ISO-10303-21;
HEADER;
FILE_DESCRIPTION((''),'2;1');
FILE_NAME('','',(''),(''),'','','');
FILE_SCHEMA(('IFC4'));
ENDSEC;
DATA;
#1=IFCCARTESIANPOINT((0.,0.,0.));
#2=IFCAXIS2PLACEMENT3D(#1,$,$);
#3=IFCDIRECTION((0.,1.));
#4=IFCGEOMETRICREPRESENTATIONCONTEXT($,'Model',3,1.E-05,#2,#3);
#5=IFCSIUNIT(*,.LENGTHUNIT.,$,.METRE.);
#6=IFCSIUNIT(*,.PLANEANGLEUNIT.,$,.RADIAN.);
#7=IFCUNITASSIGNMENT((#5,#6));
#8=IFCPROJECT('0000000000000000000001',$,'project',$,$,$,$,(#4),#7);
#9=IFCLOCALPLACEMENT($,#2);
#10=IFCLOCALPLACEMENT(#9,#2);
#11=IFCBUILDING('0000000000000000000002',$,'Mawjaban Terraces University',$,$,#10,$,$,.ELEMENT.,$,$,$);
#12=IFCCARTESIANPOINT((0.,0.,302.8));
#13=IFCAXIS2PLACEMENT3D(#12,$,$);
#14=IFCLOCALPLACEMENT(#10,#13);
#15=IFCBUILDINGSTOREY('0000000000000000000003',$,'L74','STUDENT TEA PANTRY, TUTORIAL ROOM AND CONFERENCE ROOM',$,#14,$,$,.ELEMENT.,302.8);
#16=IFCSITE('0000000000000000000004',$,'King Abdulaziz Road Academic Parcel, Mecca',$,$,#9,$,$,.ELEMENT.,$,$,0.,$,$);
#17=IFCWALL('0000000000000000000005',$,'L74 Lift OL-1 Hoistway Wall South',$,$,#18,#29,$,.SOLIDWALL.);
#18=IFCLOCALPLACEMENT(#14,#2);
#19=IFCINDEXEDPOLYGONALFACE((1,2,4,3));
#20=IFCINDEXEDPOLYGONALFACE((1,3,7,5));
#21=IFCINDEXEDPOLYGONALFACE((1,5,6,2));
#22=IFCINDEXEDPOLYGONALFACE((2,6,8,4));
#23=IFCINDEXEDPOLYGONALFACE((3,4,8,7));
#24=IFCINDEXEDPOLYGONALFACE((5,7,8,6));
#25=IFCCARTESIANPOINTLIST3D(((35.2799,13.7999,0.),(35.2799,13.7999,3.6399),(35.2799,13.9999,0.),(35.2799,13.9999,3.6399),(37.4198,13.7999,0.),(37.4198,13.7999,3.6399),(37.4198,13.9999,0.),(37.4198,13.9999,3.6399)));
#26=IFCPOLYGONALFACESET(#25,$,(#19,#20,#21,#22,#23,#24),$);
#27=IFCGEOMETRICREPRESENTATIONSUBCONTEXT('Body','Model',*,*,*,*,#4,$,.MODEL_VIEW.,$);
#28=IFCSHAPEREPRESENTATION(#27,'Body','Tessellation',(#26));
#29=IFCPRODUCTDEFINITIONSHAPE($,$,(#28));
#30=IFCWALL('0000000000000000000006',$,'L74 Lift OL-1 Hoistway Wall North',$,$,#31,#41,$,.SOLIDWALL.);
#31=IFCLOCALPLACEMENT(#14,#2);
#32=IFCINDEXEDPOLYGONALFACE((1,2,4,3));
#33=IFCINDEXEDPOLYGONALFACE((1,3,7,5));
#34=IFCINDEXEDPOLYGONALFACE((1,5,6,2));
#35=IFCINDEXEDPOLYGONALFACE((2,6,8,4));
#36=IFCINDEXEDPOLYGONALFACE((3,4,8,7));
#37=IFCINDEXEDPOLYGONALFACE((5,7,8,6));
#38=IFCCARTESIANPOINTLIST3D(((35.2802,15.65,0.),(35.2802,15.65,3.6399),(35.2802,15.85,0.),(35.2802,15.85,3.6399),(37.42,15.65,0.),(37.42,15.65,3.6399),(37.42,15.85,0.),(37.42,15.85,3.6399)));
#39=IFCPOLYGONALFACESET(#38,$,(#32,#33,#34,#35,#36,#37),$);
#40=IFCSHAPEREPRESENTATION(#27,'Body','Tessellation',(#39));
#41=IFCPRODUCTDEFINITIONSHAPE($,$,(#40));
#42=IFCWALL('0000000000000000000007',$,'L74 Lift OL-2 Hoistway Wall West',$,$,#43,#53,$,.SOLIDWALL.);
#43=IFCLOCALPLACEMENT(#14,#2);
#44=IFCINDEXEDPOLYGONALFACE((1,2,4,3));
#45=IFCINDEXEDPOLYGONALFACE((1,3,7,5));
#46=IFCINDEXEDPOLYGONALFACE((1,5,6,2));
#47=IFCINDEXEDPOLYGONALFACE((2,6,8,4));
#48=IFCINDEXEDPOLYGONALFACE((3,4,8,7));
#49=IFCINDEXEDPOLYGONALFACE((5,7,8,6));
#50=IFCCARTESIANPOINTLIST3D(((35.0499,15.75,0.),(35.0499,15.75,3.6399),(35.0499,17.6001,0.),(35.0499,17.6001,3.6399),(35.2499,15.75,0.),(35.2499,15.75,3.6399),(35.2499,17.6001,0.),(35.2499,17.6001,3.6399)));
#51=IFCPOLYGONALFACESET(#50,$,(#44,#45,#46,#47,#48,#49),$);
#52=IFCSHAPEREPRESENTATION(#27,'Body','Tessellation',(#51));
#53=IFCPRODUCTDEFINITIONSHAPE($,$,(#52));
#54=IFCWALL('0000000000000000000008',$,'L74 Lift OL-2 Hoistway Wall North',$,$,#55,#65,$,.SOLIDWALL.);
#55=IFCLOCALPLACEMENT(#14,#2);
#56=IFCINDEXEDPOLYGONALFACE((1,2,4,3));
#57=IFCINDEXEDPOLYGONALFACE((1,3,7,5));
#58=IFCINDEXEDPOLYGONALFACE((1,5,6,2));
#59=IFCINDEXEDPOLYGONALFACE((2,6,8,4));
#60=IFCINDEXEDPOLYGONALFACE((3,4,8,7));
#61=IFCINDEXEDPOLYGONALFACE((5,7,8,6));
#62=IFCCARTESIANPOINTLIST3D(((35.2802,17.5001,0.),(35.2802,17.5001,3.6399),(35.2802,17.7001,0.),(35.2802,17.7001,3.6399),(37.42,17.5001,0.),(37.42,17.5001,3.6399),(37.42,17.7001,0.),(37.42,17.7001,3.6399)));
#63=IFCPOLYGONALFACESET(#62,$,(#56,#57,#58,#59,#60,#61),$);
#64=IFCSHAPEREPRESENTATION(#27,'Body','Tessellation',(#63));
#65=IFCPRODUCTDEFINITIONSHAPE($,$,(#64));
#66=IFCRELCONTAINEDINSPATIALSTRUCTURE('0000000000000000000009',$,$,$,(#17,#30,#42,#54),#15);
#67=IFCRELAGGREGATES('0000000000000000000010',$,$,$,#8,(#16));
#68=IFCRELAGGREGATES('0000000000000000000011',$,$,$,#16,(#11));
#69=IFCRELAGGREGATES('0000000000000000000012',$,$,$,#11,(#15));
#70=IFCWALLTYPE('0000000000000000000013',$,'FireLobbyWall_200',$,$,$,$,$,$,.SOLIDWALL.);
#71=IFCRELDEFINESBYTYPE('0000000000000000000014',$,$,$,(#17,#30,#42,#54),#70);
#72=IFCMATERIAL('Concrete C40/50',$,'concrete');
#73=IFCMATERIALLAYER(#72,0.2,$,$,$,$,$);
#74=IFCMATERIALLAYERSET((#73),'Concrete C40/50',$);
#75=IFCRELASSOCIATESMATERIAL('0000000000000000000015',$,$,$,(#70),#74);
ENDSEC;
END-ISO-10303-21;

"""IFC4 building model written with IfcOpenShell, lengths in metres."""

from ifc_helpers import new_model, si_unit, direction, frame, frame_2d, origin, place, context, subcontext, project, spatial, rectangle, extrude, material, layer, layer_set, type_object, element, save


model = new_model("IFC4")

# Units and contexts
model_context = context("Model", 3, precision=1e-05, world=origin(), true_north=direction((0.0, 1.0)))
body_context = subcontext(model_context, "Body", "Model", "MODEL_VIEW")
ifc_project = project(units=[si_unit("LENGTHUNIT", "METRE"), si_unit("PLANEANGLEUNIT", "RADIAN")], contexts=[model_context])

# Site, building, storey
site_placement = place(None, origin())
site = spatial("IfcSite", under=ifc_project, at=site_placement, Name="King Abdulaziz Road Academic Parcel, Mecca", CompositionType="ELEMENT", RefElevation=0.0)
building_placement = place(site_placement, origin())
building = spatial("IfcBuilding", under=site, at=building_placement, Name="Mawjaban Terraces University", CompositionType="ELEMENT")
storey_placement = place(building_placement, frame((0.0, 0.0, 302.8)))
storey = spatial("IfcBuildingStorey", under=building, at=storey_placement, Name="L74", Description="STUDENT TEA PANTRY, TUTORIAL ROOM AND CONFERENCE ROOM", CompositionType="ELEMENT", Elevation=302.8)

# Shared definitions
ifc_material_1 = material(Name="Concrete C40/50", Category="concrete")
ifc_layer_1 = layer(ifc_material_1, 0.2)
ifc_layer_set_1 = layer_set([ifc_layer_1], Name="Concrete C40/50")
wall_type_1 = type_object("IfcWallType", Name="FireLobbyWall_200", PredefinedType="SOLIDWALL", material=ifc_layer_set_1)

# Walls
for number, where, z_axis, x_axis, name in (
    (1, (35.28, 13.8999, 0.0), (0.0, 0.0, 1.0), (1.0, 0.0, 0.0), "L74 Lift OL-1 Hoistway Wall South"),
    (2, (37.4199, 15.75, 0.0), (0.0, 0.0, 1.0), (-1.0, 0.0, 0.0), "L74 Lift OL-1 Hoistway Wall North"),
):
    element("IfcWall", number, at=place(storey_placement, frame(where, z_axis=z_axis, x_axis=x_axis)), inside=storey, type_object=wall_type_1, Name=name, PredefinedType="SOLIDWALL", context=body_context, shape_type="SweptSolid", body=[
        extrude(rectangle(XDim=2.1399, YDim=0.2, at=frame_2d((1.0698, 0.0))), origin(), (0.0, 0.0, 1.0), 3.6399),
    ])
wall_1_placement = place(storey_placement, frame((35.1499, 17.6001, 0.0), z_axis=(0.0, 0.0, 1.0), x_axis=(0.0, -1.0, 0.0)))
element("IfcWall", 3, at=wall_1_placement, inside=storey, type_object=wall_type_1, Name="L74 Lift OL-2 Hoistway Wall West", PredefinedType="SOLIDWALL", context=body_context, shape_type="SweptSolid", body=[
    extrude(rectangle(XDim=1.8501, YDim=0.2, at=frame_2d((0.925, 0.0))), origin(), (0.0, 0.0, 1.0), 3.6399),
])
wall_2_placement = place(storey_placement, frame((37.4199, 17.6001, 0.0), z_axis=(0.0, 0.0, 1.0), x_axis=(-1.0, 0.0, 0.0)))
element("IfcWall", 4, at=wall_2_placement, inside=storey, type_object=wall_type_1, Name="L74 Lift OL-2 Hoistway Wall North", PredefinedType="SOLIDWALL", context=body_context, shape_type="SweptSolid", body=[
    extrude(rectangle(XDim=2.1399, YDim=0.2, at=frame_2d((1.0698, 0.0))), origin(), (0.0, 0.0, 1.0), 3.6399),
])

save(model, "model.ifc")
